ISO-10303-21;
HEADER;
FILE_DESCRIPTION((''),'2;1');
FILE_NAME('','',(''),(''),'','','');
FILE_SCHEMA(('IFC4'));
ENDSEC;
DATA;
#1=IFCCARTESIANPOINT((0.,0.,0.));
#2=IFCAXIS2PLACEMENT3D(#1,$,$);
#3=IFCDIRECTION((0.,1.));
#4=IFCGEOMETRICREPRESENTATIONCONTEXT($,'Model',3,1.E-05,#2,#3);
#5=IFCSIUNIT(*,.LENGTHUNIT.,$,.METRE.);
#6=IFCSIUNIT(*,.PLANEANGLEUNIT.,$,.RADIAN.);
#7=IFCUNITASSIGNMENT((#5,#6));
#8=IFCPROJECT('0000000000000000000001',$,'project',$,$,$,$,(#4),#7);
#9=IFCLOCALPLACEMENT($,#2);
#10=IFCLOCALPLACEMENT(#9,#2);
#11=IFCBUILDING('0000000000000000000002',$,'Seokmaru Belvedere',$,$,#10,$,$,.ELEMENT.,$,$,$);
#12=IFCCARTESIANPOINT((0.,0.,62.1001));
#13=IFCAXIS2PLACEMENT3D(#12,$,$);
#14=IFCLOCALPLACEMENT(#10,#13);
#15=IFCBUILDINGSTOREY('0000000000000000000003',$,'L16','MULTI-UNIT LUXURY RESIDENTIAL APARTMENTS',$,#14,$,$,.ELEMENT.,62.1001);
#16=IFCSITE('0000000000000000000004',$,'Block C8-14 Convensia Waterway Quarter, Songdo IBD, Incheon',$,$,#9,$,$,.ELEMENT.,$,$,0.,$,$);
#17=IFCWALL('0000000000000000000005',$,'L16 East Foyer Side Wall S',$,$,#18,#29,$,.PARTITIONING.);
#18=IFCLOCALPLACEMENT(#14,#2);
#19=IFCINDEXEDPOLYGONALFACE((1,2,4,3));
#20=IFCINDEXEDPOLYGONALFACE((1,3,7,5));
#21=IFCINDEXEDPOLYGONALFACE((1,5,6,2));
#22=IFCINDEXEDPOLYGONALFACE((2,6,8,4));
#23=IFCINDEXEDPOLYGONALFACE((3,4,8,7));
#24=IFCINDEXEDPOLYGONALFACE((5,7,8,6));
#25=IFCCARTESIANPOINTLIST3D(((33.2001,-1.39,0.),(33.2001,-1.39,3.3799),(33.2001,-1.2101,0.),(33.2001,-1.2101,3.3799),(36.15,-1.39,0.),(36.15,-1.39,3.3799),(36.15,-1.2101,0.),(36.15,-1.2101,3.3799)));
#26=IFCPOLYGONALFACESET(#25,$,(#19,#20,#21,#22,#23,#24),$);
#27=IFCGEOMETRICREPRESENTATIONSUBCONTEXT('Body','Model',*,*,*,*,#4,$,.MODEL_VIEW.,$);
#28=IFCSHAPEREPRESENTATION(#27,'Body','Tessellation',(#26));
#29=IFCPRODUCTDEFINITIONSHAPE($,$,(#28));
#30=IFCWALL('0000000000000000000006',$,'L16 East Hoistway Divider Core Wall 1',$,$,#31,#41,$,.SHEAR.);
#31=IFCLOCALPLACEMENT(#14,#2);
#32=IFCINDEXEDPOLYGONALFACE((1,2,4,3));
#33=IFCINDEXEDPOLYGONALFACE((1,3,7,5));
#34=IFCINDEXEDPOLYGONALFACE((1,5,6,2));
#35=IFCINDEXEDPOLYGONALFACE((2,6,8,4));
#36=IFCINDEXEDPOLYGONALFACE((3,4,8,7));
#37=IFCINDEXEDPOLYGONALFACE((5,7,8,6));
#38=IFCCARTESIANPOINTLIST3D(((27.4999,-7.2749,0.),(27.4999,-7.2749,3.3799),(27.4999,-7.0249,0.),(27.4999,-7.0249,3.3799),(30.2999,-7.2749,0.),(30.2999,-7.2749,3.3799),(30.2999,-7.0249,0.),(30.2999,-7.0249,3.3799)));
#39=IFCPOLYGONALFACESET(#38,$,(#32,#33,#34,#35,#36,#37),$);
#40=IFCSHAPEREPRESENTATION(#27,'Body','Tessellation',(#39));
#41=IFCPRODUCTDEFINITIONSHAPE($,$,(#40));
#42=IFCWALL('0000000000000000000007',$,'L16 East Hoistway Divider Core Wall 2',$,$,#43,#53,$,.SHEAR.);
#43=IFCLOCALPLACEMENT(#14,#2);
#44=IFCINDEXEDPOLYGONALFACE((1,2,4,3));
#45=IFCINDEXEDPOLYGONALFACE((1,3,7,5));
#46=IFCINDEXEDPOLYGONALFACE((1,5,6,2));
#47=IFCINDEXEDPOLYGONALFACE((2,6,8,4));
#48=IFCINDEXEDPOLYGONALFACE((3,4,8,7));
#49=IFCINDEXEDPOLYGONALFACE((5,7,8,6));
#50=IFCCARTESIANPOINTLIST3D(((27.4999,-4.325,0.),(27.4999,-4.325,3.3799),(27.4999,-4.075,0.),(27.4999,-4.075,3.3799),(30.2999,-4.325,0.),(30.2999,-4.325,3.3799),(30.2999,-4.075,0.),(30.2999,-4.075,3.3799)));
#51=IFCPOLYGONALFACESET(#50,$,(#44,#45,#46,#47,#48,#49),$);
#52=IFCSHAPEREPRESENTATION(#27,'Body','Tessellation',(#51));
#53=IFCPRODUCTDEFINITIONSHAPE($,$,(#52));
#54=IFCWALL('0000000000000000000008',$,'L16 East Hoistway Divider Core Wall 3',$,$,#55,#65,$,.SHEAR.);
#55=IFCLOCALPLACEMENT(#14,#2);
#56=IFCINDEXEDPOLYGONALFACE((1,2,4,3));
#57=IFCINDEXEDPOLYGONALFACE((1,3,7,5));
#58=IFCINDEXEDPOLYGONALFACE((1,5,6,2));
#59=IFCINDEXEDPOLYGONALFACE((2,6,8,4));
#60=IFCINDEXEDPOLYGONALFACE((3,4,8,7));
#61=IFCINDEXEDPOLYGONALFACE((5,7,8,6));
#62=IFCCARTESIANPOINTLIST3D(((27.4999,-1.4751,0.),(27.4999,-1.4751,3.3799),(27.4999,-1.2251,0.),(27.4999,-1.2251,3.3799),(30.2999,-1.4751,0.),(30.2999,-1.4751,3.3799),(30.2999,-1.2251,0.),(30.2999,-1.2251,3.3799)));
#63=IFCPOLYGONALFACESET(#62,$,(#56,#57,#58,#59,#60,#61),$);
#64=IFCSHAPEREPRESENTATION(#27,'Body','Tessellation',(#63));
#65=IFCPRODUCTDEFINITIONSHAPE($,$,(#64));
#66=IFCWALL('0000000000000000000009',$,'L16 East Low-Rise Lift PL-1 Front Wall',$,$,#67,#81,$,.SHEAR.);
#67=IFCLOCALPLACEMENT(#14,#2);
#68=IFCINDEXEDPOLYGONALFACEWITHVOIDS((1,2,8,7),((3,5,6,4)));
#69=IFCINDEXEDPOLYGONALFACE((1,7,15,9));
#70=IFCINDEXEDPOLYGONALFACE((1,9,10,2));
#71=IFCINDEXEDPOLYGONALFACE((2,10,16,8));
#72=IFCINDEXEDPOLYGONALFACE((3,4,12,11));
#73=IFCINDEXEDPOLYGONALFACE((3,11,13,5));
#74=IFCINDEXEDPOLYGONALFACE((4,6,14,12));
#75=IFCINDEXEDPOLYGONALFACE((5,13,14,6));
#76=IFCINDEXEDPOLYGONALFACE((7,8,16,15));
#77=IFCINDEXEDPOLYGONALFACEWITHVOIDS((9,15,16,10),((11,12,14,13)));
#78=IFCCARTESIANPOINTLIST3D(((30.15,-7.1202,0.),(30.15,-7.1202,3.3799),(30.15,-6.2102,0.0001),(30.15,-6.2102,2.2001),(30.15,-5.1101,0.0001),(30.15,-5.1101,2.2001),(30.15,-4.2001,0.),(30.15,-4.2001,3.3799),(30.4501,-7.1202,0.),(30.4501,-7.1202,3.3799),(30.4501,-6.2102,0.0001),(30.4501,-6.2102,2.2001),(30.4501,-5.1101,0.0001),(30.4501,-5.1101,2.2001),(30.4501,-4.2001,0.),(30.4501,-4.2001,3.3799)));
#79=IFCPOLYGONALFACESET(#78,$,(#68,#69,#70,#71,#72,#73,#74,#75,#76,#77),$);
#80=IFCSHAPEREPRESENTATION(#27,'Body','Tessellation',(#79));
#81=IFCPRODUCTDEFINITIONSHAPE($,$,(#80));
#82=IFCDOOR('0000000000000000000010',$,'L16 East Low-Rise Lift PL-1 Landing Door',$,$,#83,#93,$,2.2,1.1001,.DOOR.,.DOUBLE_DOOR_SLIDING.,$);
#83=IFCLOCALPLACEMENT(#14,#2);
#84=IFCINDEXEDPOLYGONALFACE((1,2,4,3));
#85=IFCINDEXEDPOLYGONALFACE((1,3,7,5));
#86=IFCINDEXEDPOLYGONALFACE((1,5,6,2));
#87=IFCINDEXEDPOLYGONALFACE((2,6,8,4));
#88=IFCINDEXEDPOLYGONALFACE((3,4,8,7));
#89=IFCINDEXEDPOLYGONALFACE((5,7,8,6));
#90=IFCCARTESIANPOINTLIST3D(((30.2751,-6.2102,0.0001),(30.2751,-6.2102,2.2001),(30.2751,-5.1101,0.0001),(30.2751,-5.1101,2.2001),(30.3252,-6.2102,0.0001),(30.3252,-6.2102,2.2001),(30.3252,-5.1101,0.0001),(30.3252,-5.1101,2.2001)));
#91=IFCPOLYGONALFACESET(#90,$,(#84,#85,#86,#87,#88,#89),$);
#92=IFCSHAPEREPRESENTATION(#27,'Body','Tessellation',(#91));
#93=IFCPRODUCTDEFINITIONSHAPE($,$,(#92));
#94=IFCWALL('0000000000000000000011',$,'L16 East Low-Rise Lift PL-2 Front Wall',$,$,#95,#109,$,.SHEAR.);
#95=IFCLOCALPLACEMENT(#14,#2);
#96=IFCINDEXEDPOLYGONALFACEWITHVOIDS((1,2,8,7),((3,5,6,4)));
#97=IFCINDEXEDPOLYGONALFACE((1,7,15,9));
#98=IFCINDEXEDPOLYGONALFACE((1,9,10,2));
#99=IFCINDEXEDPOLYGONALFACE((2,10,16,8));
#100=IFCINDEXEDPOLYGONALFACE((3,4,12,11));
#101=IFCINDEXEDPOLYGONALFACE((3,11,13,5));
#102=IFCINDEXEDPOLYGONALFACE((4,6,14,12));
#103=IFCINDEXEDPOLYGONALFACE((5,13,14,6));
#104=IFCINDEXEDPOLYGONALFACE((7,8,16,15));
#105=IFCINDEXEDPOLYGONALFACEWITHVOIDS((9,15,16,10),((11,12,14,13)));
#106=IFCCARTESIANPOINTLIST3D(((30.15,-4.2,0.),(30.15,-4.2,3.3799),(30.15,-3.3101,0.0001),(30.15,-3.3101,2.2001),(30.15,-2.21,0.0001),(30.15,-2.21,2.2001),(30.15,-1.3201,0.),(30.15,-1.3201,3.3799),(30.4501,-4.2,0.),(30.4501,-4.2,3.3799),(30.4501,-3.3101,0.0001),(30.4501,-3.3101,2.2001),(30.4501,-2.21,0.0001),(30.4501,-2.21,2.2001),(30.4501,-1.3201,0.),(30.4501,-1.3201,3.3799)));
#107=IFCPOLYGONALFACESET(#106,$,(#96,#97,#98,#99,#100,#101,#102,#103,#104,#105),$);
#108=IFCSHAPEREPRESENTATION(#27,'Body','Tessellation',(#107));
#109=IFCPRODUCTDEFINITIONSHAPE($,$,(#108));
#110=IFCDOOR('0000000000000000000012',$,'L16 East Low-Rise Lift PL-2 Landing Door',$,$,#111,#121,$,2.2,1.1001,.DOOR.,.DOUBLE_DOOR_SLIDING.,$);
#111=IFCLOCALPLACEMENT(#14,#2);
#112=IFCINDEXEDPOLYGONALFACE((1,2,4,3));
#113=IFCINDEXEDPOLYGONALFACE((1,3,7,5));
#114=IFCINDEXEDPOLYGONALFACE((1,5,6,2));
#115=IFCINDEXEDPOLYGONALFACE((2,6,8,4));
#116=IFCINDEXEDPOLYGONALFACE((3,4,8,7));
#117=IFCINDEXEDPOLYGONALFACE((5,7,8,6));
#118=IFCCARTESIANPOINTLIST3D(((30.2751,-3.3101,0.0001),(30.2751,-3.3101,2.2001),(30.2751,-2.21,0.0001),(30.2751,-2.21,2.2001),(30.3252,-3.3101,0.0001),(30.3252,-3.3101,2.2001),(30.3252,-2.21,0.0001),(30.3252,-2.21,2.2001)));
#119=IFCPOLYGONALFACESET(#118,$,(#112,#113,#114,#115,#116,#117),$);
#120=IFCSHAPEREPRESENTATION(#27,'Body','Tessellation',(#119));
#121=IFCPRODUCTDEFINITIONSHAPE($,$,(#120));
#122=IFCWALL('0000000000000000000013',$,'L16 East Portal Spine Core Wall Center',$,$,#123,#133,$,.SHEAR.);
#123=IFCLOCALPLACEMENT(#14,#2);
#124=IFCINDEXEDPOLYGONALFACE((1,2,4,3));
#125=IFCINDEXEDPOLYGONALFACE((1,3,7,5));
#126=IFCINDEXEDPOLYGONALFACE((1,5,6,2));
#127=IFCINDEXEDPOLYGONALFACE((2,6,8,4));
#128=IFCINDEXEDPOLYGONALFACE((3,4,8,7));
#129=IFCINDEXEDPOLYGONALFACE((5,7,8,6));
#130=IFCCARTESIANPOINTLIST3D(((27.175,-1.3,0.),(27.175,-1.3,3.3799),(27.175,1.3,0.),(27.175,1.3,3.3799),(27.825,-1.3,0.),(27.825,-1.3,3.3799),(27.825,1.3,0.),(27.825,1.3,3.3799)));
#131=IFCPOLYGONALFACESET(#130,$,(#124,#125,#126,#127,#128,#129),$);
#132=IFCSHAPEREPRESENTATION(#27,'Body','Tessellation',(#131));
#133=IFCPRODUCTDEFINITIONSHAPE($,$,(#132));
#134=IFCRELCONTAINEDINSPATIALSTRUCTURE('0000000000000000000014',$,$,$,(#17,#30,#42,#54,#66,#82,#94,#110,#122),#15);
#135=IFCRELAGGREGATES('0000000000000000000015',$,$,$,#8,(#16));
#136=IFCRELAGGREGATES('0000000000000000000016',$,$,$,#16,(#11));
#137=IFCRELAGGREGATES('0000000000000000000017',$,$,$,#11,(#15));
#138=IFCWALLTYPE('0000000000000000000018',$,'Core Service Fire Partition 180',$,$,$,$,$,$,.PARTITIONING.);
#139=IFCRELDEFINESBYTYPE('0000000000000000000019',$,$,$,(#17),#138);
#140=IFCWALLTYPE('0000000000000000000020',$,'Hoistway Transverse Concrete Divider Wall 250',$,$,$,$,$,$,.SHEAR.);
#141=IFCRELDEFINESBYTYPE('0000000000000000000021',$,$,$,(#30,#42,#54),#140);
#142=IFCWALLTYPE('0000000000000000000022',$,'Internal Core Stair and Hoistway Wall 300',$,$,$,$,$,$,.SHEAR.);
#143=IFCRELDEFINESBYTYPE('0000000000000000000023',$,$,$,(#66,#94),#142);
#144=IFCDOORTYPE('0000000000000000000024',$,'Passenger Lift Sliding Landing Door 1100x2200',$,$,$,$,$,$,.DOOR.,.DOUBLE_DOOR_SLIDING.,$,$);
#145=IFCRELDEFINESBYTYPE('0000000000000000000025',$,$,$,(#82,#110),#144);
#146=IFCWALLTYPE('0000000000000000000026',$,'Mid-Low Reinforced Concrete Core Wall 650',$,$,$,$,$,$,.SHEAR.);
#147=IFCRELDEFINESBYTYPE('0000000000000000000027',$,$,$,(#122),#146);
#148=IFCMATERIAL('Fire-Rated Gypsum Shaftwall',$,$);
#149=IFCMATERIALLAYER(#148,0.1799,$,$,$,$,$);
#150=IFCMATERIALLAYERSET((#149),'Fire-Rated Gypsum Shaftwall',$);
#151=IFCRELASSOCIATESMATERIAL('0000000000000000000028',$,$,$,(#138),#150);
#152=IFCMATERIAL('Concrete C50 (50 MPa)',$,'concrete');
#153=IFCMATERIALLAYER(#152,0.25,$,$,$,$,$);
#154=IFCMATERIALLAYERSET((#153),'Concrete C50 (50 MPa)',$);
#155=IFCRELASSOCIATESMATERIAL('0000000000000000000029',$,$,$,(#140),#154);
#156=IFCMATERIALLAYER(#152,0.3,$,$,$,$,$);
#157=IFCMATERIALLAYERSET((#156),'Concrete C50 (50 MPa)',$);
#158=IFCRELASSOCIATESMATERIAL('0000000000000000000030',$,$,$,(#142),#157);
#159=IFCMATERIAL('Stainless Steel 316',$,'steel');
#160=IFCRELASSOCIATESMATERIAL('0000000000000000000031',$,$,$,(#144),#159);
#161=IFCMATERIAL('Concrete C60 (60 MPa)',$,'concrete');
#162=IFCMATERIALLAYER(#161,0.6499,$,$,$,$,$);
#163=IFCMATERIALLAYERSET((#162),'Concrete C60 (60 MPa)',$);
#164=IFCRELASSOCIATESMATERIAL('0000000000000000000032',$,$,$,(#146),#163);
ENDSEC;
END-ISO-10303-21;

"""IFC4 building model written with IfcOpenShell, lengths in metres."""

from ifc_helpers import new_model, si_unit, direction, frame, frame_2d, origin, place, context, subcontext, project, spatial, rectangle, extrude, source, transform, mapped, material, layer, layer_set, type_object, type_shapes, element, fill, save


model = new_model("IFC4")

# Units and contexts
model_context = context("Model", 3, precision=1e-05, world=origin(), true_north=direction((0.0, 1.0)))
body_context = subcontext(model_context, "Body", "Model", "MODEL_VIEW")
ifc_project = project(units=[si_unit("LENGTHUNIT", "METRE"), si_unit("PLANEANGLEUNIT", "RADIAN")], contexts=[model_context])

# Site, building, storey
site_placement = place(None, origin())
site = spatial("IfcSite", under=ifc_project, at=site_placement, Name="Block C8-14 Convensia Waterway Quarter, Songdo IBD, Incheon", CompositionType="ELEMENT", RefElevation=0.0)
building_placement = place(site_placement, origin())
building = spatial("IfcBuilding", under=site, at=building_placement, Name="Seokmaru Belvedere", CompositionType="ELEMENT")
storey_placement = place(building_placement, frame((0.0, 0.0, 62.1001)))
storey = spatial("IfcBuildingStorey", under=building, at=storey_placement, Name="L16", Description="MULTI-UNIT LUXURY RESIDENTIAL APARTMENTS", CompositionType="ELEMENT", Elevation=62.1001)

# Shared definitions
ifc_material_1 = material(Name="Fire-Rated Gypsum Shaftwall")
ifc_layer_1 = layer(ifc_material_1, 0.1799)
ifc_layer_set_1 = layer_set([ifc_layer_1], Name="Fire-Rated Gypsum Shaftwall")
wall_type_1 = type_object("IfcWallType", Name="Core Service Fire Partition 180", PredefinedType="PARTITIONING", material=ifc_layer_set_1)

# Walls
wall_1_placement = place(storey_placement, frame((33.2, -1.3, 0.0), z_axis=(0.0, 0.0, 1.0), x_axis=(1.0, 0.0, 0.0)))
element("IfcWall", 1, at=wall_1_placement, inside=storey, type_object=wall_type_1, Name="L16 East Foyer Side Wall S", PredefinedType="PARTITIONING", context=body_context, shape_type="SweptSolid", body=[
    extrude(rectangle(XDim=2.95, YDim=0.1799, at=frame_2d((1.4751, 0.0))), origin(), (0.0, 0.0, 1.0), 3.3799),
])
ifc_material_2 = material(Name="Concrete C50 (50 MPa)", Category="concrete")
ifc_layer_2 = layer(ifc_material_2, 0.25)
ifc_layer_set_2 = layer_set([ifc_layer_2], Name="Concrete C50 (50 MPa)")
wall_type_2 = type_object("IfcWallType", Name="Hoistway Transverse Concrete Divider Wall 250", PredefinedType="SHEAR", material=ifc_layer_set_2)
for number, where, z_axis, x_axis, name in (
    (2, (27.5, -7.1499, 0.0), (0.0, 0.0, 1.0), (1.0, 0.0, 0.0), "L16 East Hoistway Divider Core Wall 1"),
    (3, (27.5, -4.2, 0.0), (0.0, 0.0, 1.0), (1.0, 0.0, 0.0), "L16 East Hoistway Divider Core Wall 2"),
    (4, (27.5, -1.3501, 0.0), (0.0, 0.0, 1.0), (1.0, 0.0, 0.0), "L16 East Hoistway Divider Core Wall 3"),
):
    element("IfcWall", number, at=place(storey_placement, frame(where, z_axis=z_axis, x_axis=x_axis)), inside=storey, type_object=wall_type_2, Name=name, PredefinedType="SHEAR", context=body_context, shape_type="SweptSolid", body=[
        extrude(rectangle(XDim=2.8, YDim=0.25, at=frame_2d((1.3999, 0.0))), origin(), (0.0, 0.0, 1.0), 3.3799),
    ])

# Walls, openings, doors
ifc_layer_3 = layer(ifc_material_2, 0.3)
ifc_layer_set_3 = layer_set([ifc_layer_3], Name="Concrete C50 (50 MPa)")
wall_type_3 = type_object("IfcWallType", Name="Internal Core Stair and Hoistway Wall 300", PredefinedType="SHEAR", material=ifc_layer_set_3)
wall_2_placement = place(storey_placement, frame((30.3, -7.1201, 0.0), z_axis=(0.0, 0.0, 1.0), x_axis=(0.0, 1.0, 0.0)))
wall_2 = element("IfcWall", 5, at=wall_2_placement, inside=storey, type_object=wall_type_3, Name="L16 East Low-Rise Lift PL-1 Front Wall", PredefinedType="SHEAR", context=body_context, shape_type="SweptSolid", body=[
    extrude(rectangle(XDim=2.9202, YDim=0.3, at=frame_2d((1.46, 0.0))), origin(), (0.0, 0.0, 1.0), 3.3799),
])
opening_1_placement = place(wall_2_placement, frame((0.9099, 0.0, 0.0)))
opening_1 = element("IfcOpeningElement", 6, at=opening_1_placement, cuts=wall_2, PredefinedType="OPENING", context=body_context, shape_type="SweptSolid", body=[
    extrude(rectangle(XDim=1.1001, YDim=2.2, at=frame_2d((0.55, 1.1001))), frame((0.0, 0.1602, 0.0), z_axis=(0.0, -1.0, 0.0), x_axis=(1.0, 0.0, 0.0)), (0.0, 0.0, 1.0), 0.3201),
])
ifc_material_3 = material(Name="Stainless Steel 316", Category="steel")
door_type_1 = type_object("IfcDoorType", Name="Passenger Lift Sliding Landing Door 1100x2200", OperationType="DOUBLE_DOOR_SLIDING", PredefinedType="DOOR", material=ifc_material_3)
shared_shape_1 = source(origin(), body_context, "Body", "SweptSolid", [
    extrude(rectangle(XDim=1.1001, YDim=2.2, at=frame_2d((0.55, 1.1001))), frame((0.0, 0.0249, 0.0), z_axis=(0.0, -1.0, 0.0), x_axis=(1.0, 0.0, 0.0)), (0.0, 0.0, 1.0), 0.05),
])
type_shapes(door_type_1, [shared_shape_1])
door_1_placement = place(opening_1_placement, origin())
door_1 = element("IfcDoor", 7, at=door_1_placement, inside=storey, type_object=door_type_1, Name="L16 East Low-Rise Lift PL-1 Landing Door", OperationType="DOUBLE_DOOR_SLIDING", OverallHeight=2.2, OverallWidth=1.1001, PredefinedType="DOOR", context=body_context, shape_type="MappedRepresentation", body=[
    mapped(shared_shape_1, transform((0.0, 0.0, 0.0), scale=1.0)),
])
fill(opening_1, door_1)
wall_3_placement = place(storey_placement, frame((30.3, -4.2, 0.0), z_axis=(0.0, 0.0, 1.0), x_axis=(0.0, 1.0, 0.0)))
wall_3 = element("IfcWall", 8, at=wall_3_placement, inside=storey, type_object=wall_type_3, Name="L16 East Low-Rise Lift PL-2 Front Wall", PredefinedType="SHEAR", context=body_context, shape_type="SweptSolid", body=[
    extrude(rectangle(XDim=2.8799, YDim=0.3, at=frame_2d((1.4399, 0.0))), origin(), (0.0, 0.0, 1.0), 3.3799),
])
opening_2_placement = place(wall_3_placement, frame((0.8899, 0.0, 0.0)))
opening_2 = element("IfcOpeningElement", 9, at=opening_2_placement, cuts=wall_3, PredefinedType="OPENING", context=body_context, shape_type="SweptSolid", body=[
    extrude(rectangle(XDim=1.1001, YDim=2.2, at=frame_2d((0.55, 1.1001))), frame((0.0, 0.1602, 0.0), z_axis=(0.0, -1.0, 0.0), x_axis=(1.0, 0.0, 0.0)), (0.0, 0.0, 1.0), 0.3201),
])
door_2_placement = place(opening_2_placement, origin())
door_2 = element("IfcDoor", 10, at=door_2_placement, inside=storey, type_object=door_type_1, Name="L16 East Low-Rise Lift PL-2 Landing Door", OperationType="DOUBLE_DOOR_SLIDING", OverallHeight=2.2, OverallWidth=1.1001, PredefinedType="DOOR", context=body_context, shape_type="MappedRepresentation", body=[
    mapped(shared_shape_1, transform((0.0, 0.0, 0.0), scale=1.0)),
])
fill(opening_2, door_2)

# Wall
ifc_material_4 = material(Name="Concrete C60 (60 MPa)", Category="concrete")
ifc_layer_4 = layer(ifc_material_4, 0.6499)
ifc_layer_set_4 = layer_set([ifc_layer_4], Name="Concrete C60 (60 MPa)")
wall_type_4 = type_object("IfcWallType", Name="Mid-Low Reinforced Concrete Core Wall 650", PredefinedType="SHEAR", material=ifc_layer_set_4)
wall_4_placement = place(storey_placement, frame((27.5, -1.3, 0.0), z_axis=(0.0, 0.0, 1.0), x_axis=(0.0, 1.0, 0.0)))
element("IfcWall", 11, at=wall_4_placement, inside=storey, type_object=wall_type_4, Name="L16 East Portal Spine Core Wall Center", PredefinedType="SHEAR", context=body_context, shape_type="SweptSolid", body=[
    extrude(rectangle(XDim=2.6001, YDim=0.6499, at=frame_2d((1.3, 0.0))), origin(), (0.0, 0.0, 1.0), 3.3799),
])

save(model, "model.ifc")
